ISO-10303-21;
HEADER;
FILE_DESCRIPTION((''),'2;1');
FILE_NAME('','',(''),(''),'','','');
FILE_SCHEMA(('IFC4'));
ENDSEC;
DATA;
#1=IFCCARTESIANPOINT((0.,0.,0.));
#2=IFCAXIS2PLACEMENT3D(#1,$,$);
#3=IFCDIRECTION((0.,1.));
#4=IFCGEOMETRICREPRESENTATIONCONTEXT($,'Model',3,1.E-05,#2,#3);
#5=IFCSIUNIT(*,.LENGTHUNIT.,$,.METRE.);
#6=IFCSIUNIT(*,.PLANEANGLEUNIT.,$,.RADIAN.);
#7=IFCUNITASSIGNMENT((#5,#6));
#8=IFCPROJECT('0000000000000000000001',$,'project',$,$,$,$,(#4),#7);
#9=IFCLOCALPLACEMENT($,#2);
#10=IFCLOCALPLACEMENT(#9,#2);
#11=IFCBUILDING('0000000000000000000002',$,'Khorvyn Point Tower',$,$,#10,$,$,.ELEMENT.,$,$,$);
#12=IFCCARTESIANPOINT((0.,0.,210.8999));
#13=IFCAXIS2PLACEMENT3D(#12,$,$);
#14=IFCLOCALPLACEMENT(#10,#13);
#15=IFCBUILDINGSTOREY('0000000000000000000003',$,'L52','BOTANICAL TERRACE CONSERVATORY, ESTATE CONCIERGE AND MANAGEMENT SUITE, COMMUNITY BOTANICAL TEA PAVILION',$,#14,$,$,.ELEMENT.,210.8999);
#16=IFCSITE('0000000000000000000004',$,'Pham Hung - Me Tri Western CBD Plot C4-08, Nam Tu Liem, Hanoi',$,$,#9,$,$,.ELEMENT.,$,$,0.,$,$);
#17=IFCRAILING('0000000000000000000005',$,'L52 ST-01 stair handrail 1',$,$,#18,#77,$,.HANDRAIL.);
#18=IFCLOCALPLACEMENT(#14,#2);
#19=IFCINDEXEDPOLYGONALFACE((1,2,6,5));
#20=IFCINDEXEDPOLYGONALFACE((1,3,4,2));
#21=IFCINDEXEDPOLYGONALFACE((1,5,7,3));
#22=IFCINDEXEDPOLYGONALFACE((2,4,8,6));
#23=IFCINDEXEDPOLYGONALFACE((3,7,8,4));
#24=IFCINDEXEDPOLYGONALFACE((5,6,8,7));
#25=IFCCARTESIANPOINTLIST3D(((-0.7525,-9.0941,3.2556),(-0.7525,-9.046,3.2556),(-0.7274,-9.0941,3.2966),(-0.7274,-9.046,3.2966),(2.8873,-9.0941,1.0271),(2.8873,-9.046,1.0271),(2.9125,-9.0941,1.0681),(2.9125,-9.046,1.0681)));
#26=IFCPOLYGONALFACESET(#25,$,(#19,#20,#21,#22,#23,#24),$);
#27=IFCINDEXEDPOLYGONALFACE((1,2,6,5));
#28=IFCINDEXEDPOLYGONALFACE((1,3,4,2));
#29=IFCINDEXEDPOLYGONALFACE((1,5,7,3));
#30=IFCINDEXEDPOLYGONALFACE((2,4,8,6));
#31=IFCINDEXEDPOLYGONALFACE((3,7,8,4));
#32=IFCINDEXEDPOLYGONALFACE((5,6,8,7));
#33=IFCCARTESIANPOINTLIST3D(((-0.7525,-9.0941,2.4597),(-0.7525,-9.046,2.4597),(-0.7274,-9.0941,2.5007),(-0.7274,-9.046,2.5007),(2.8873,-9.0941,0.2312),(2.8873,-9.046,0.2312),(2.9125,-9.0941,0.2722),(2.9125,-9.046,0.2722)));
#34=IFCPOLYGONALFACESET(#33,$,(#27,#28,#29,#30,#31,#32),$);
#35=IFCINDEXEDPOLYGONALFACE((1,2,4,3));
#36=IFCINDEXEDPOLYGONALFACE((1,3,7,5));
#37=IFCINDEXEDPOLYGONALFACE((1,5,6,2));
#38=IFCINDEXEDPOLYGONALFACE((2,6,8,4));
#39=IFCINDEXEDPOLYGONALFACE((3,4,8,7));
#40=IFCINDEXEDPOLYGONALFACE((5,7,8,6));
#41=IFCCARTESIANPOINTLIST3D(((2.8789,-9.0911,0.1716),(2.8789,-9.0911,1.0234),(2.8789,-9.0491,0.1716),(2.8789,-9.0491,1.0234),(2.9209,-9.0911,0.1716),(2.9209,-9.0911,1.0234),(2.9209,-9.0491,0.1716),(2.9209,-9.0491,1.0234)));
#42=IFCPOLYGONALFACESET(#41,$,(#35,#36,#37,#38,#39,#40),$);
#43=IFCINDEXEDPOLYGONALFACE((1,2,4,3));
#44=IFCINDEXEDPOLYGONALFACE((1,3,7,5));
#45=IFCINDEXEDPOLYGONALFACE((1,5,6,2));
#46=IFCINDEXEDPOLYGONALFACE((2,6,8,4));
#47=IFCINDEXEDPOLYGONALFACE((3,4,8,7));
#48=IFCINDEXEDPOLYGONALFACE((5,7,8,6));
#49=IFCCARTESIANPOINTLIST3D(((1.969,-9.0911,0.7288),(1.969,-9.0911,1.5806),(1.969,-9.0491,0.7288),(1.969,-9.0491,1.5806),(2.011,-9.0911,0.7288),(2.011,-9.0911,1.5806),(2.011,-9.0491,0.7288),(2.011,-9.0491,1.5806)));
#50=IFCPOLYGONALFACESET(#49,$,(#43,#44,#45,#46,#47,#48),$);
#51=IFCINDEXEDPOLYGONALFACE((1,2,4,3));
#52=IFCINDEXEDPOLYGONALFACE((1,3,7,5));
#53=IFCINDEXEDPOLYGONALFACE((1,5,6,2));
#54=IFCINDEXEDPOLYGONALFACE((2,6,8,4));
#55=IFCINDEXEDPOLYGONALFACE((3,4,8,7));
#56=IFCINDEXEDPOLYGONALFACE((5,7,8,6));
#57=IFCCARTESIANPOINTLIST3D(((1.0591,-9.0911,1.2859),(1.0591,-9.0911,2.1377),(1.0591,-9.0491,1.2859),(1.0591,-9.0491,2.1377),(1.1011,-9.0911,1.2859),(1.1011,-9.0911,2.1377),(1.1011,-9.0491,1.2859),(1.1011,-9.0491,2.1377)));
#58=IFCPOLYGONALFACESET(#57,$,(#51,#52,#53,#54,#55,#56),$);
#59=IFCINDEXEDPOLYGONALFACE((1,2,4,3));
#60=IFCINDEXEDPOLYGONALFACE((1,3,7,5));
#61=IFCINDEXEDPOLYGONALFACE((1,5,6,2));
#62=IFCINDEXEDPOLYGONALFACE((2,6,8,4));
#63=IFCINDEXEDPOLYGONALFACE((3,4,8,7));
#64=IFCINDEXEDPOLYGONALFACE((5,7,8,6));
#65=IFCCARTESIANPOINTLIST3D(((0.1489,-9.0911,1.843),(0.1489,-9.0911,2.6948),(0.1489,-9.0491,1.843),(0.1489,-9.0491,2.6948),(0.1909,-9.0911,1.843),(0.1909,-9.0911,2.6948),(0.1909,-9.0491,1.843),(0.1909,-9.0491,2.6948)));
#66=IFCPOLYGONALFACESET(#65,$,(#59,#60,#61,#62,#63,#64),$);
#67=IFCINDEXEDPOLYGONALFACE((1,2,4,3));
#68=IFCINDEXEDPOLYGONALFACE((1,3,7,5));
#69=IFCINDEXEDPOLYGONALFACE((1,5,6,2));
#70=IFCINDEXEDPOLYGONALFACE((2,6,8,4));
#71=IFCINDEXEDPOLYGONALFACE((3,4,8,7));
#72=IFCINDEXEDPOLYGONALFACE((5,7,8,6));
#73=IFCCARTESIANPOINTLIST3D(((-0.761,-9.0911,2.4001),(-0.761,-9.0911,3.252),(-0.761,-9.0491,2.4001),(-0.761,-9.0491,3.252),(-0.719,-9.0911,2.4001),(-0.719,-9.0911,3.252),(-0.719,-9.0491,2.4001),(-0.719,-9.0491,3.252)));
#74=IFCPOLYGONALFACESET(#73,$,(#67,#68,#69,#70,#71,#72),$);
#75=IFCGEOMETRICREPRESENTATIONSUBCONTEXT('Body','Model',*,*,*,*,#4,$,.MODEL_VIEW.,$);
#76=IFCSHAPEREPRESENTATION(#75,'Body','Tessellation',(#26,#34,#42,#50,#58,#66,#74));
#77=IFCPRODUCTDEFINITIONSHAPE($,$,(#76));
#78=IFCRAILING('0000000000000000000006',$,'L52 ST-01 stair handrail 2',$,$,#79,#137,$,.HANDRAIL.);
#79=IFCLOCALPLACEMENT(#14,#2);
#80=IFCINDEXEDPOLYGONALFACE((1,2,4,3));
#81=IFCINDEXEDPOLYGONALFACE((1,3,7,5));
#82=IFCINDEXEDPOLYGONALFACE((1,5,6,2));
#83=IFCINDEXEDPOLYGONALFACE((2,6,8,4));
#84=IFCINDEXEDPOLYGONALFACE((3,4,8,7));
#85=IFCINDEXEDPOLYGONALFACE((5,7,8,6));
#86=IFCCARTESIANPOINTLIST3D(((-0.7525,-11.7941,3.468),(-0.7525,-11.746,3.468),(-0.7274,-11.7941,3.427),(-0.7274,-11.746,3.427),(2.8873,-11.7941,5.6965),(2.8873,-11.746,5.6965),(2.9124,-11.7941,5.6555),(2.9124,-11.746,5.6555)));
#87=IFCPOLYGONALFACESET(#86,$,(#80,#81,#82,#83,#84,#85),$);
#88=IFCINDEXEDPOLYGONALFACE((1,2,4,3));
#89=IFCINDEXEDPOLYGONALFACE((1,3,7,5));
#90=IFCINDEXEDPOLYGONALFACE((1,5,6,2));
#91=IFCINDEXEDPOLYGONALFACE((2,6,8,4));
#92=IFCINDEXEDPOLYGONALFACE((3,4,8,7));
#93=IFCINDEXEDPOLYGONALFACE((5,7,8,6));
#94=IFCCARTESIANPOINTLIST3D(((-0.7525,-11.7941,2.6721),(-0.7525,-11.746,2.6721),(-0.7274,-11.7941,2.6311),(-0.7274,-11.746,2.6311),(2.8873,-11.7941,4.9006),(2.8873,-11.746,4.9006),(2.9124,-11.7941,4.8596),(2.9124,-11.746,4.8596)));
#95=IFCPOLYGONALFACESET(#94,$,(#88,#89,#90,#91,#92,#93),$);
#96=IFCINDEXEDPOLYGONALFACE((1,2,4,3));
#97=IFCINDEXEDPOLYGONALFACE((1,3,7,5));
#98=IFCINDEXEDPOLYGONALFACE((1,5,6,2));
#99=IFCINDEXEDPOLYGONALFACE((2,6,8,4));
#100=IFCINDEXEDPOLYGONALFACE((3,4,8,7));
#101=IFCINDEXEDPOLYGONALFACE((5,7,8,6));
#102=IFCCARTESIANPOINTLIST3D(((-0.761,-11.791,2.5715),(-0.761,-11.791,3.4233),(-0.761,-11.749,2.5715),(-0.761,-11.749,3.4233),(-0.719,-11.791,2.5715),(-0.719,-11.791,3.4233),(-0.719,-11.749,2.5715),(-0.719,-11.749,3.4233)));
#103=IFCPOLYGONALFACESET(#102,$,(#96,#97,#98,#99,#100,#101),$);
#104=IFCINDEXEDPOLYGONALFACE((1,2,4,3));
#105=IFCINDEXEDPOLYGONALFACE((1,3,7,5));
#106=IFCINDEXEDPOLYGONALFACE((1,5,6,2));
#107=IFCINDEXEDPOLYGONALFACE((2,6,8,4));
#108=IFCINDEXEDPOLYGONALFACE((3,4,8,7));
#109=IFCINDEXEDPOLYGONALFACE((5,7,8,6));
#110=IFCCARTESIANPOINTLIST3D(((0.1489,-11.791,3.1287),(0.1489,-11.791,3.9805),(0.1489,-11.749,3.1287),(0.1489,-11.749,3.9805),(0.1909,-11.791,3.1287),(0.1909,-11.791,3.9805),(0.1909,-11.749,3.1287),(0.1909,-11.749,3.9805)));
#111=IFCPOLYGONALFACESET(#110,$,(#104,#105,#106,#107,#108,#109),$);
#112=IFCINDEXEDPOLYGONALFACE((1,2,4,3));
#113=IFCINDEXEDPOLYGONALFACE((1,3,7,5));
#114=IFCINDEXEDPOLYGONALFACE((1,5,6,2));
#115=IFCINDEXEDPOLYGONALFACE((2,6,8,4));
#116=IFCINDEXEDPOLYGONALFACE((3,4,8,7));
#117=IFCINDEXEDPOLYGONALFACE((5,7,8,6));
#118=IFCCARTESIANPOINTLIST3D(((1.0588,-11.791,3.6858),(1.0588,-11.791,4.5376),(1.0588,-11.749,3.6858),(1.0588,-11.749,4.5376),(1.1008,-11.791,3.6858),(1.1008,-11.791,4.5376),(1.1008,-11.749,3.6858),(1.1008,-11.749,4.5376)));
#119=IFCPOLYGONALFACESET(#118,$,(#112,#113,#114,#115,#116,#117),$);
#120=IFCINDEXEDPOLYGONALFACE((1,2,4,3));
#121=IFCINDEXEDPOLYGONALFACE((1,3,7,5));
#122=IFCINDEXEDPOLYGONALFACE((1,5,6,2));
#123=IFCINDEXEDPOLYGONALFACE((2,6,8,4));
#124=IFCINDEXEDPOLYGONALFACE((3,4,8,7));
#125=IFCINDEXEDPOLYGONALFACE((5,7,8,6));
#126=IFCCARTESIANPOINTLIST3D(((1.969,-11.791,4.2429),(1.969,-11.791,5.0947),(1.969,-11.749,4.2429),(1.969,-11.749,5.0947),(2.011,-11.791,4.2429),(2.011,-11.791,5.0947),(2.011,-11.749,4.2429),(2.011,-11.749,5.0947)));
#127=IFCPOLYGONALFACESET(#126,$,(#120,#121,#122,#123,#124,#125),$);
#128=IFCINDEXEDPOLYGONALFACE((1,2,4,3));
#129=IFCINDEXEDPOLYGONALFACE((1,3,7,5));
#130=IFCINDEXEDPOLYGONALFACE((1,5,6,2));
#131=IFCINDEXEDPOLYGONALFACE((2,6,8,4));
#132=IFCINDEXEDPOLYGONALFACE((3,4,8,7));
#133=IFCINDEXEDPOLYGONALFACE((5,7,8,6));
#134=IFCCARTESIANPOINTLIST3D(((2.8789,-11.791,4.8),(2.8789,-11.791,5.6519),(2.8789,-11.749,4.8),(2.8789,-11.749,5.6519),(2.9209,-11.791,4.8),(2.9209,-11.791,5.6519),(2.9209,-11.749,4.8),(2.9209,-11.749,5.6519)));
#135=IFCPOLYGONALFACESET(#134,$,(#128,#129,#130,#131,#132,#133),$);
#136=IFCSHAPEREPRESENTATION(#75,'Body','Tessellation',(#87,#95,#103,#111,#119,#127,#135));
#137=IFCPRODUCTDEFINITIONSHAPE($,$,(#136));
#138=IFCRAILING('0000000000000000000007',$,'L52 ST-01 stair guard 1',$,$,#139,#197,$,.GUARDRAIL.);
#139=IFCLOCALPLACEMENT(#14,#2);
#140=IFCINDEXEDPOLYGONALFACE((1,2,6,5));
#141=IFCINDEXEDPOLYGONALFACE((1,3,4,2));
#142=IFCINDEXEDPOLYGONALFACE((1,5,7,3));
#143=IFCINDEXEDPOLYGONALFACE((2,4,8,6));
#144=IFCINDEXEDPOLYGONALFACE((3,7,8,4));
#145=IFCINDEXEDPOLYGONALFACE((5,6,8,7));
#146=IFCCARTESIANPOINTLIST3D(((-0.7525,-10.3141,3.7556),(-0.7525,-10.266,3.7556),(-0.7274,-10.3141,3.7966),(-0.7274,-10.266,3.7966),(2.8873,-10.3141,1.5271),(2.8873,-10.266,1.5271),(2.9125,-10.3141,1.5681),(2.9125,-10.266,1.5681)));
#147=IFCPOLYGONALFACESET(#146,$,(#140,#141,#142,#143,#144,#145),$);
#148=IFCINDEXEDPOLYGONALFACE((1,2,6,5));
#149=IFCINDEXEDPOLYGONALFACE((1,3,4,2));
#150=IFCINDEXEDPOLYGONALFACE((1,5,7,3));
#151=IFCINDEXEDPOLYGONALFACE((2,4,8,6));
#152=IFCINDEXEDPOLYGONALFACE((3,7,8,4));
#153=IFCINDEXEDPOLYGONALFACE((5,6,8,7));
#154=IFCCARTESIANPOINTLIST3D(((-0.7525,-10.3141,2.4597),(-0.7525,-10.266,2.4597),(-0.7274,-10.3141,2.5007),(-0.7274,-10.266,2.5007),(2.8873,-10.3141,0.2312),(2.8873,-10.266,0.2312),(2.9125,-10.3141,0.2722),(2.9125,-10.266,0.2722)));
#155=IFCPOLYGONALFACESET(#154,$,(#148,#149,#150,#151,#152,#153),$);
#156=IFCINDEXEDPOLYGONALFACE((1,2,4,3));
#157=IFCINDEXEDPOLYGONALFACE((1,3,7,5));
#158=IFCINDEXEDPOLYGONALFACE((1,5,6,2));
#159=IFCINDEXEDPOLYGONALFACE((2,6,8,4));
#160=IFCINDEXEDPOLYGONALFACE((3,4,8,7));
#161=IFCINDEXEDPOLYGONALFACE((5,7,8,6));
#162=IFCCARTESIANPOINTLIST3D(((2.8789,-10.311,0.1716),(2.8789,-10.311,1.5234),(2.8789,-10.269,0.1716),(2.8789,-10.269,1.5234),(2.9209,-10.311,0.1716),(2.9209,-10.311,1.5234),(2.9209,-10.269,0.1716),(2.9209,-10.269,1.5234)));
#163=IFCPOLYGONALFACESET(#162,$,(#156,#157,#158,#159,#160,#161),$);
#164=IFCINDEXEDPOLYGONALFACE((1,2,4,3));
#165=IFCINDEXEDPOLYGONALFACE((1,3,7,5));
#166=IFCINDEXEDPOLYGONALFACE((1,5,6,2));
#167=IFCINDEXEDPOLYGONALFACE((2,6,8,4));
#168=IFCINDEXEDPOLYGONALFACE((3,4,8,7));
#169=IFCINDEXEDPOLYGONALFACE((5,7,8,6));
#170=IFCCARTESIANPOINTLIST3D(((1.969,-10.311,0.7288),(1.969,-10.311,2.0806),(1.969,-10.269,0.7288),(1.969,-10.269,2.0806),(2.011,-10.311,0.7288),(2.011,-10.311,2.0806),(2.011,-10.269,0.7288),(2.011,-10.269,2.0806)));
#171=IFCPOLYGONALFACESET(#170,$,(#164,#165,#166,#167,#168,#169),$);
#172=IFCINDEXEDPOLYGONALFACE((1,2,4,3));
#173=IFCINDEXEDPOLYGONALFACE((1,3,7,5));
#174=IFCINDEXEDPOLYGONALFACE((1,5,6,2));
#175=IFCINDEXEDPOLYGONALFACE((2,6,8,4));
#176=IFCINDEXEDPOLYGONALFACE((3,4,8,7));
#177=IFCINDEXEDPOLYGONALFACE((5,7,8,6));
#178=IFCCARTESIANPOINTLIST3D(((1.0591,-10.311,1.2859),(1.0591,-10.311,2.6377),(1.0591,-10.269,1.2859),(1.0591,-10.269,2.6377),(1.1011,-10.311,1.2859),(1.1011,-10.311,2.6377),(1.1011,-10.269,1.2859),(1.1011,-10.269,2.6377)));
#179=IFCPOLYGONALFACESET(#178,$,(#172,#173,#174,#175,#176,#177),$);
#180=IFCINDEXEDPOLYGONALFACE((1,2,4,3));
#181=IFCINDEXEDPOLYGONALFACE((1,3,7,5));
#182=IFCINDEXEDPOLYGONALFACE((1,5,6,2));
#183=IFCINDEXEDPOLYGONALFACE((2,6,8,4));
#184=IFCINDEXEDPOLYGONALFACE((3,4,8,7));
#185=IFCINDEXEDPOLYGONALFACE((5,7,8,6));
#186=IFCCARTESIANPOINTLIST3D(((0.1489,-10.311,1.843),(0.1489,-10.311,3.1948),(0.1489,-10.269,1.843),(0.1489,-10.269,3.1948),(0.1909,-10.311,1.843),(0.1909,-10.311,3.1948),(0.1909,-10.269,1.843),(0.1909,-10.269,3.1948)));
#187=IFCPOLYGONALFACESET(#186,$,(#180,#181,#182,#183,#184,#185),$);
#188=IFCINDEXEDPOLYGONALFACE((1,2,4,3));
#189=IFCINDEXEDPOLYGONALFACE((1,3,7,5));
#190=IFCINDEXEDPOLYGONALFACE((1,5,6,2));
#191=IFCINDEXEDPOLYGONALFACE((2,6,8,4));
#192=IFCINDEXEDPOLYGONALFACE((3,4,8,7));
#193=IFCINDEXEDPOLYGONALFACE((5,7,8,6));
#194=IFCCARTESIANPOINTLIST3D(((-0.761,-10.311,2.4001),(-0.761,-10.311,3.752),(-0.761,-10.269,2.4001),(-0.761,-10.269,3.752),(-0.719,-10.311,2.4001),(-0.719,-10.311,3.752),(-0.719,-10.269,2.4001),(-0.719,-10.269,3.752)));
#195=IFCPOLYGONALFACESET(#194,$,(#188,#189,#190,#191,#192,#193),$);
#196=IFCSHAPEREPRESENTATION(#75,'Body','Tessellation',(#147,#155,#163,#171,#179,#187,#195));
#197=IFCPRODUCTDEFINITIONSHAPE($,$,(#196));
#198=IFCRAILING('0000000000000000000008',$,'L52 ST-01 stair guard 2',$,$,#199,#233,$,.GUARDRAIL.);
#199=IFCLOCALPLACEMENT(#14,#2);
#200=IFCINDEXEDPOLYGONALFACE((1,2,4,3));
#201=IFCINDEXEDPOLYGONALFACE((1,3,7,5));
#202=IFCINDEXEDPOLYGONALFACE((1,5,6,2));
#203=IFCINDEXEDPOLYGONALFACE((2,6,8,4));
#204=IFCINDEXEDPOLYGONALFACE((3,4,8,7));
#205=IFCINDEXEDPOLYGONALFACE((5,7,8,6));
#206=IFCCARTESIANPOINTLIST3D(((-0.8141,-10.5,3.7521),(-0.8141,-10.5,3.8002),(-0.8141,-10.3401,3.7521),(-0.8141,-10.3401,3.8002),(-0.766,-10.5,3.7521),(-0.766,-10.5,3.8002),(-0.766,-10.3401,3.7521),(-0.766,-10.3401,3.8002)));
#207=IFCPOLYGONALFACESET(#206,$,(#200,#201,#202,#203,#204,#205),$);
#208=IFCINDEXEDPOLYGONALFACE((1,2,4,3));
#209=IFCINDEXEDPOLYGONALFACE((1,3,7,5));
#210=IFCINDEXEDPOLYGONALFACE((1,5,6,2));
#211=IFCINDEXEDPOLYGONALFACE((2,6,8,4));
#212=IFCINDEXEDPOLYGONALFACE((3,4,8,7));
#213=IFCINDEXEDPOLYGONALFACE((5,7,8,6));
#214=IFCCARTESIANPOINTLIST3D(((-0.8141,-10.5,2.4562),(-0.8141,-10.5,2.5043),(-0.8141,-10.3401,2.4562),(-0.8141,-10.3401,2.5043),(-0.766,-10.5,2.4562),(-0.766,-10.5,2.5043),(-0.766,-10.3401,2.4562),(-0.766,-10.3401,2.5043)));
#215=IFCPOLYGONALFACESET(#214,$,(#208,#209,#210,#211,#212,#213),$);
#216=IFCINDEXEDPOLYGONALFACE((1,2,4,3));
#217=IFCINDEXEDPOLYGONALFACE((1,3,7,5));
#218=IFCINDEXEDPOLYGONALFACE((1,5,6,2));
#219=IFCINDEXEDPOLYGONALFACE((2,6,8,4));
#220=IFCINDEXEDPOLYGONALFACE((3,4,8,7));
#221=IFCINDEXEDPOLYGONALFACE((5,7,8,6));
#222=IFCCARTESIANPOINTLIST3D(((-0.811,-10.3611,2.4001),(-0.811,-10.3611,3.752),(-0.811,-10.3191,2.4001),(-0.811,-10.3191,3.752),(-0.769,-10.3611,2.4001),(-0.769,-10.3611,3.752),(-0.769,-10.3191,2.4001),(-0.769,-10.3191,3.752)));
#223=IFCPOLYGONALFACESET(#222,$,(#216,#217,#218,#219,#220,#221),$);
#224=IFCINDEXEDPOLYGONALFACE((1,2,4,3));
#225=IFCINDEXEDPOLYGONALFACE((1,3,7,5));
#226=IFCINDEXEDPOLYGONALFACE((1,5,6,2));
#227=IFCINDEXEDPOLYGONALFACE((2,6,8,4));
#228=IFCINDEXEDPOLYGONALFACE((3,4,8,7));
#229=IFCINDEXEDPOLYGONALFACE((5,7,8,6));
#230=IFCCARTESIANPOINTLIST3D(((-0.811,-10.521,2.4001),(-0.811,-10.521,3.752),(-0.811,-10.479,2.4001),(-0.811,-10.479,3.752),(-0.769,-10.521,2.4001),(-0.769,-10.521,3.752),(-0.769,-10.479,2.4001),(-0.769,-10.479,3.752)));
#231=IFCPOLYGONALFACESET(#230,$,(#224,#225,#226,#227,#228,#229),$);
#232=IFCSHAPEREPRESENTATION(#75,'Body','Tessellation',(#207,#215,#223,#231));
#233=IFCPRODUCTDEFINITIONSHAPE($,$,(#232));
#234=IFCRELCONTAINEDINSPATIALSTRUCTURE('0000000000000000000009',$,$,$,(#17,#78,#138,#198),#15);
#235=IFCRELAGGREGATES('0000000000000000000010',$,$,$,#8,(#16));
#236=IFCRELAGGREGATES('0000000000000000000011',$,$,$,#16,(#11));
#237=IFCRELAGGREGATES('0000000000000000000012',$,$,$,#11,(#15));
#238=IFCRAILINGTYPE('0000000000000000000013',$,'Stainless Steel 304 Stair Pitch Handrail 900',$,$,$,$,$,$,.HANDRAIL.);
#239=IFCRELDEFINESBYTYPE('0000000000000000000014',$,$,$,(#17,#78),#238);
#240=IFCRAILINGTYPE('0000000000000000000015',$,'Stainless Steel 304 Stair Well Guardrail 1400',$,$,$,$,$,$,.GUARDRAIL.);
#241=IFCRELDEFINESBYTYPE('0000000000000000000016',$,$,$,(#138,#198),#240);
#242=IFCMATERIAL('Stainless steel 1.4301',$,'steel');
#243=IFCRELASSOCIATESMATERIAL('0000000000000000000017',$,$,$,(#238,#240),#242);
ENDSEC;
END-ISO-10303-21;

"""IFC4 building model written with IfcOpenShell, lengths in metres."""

from ifc_helpers import new_model, si_unit, direction, frame, origin, origin_2d, place, context, subcontext, project, spatial, rectangle, extrude, material, type_object, element, save


model = new_model("IFC4")

# Units and contexts
model_context = context("Model", 3, precision=1e-05, world=origin(), true_north=direction((0.0, 1.0)))
body_context = subcontext(model_context, "Body", "Model", "MODEL_VIEW")
ifc_project = project(units=[si_unit("LENGTHUNIT", "METRE"), si_unit("PLANEANGLEUNIT", "RADIAN")], contexts=[model_context])

# Site, building, storey
site_placement = place(None, origin())
site = spatial("IfcSite", under=ifc_project, at=site_placement, Name="Pham Hung - Me Tri Western CBD Plot C4-08, Nam Tu Liem, Hanoi", CompositionType="ELEMENT", RefElevation=0.0)
building_placement = place(site_placement, origin())
building = spatial("IfcBuilding", under=site, at=building_placement, Name="Khorvyn Point Tower", CompositionType="ELEMENT")
storey_placement = place(building_placement, frame((0.0, 0.0, 210.8999)))
storey = spatial("IfcBuildingStorey", under=building, at=storey_placement, Name="L52", Description="BOTANICAL TERRACE CONSERVATORY, ESTATE CONCIERGE AND MANAGEMENT SUITE, COMMUNITY BOTANICAL TEA PAVILION", CompositionType="ELEMENT", Elevation=210.8999)

# Shared definitions
ifc_material_1 = material(Name="Stainless steel 1.4301", Category="steel")

# Railings
railing_type_1 = type_object("IfcRailingType", Name="Stainless Steel 304 Stair Pitch Handrail 900", PredefinedType="HANDRAIL", material=ifc_material_1)
railing_1_placement = place(storey_placement, frame((2.8999, -9.0701, 0.1716)))
element("IfcRailing", 1, at=railing_1_placement, inside=storey, type_object=railing_type_1, Name="L52 ST-01 stair handrail 1", PredefinedType="HANDRAIL", context=body_context, shape_type="SweptSolid", body=[
    extrude(rectangle(XDim=0.0481, YDim=0.0481, at=origin_2d()), frame((0.0, 0.0, 0.876), z_axis=(-0.85285, 0.0, 0.522156), x_axis=(0.0, -1.0, 0.0)), (0.0, 0.0, 1.0), 4.2678),
    extrude(rectangle(XDim=0.0481, YDim=0.0481, at=origin_2d()), frame((0.0, 0.0, 0.0801), z_axis=(-0.85285, 0.0, 0.522156), x_axis=(0.0, -1.0, 0.0)), (0.0, 0.0, 1.0), 4.2678),
    extrude(rectangle(XDim=0.042, YDim=0.042, at=origin_2d()), origin(), (0.0, 0.0, 1.0), 0.8518),
    extrude(rectangle(XDim=0.042, YDim=0.042, at=origin_2d()), frame((-0.9099, 0.0, 0.5571)), (0.0, 0.0, 1.0), 0.8518),
    extrude(rectangle(XDim=0.042, YDim=0.042, at=origin_2d()), frame((-1.8198, 0.0, 1.1143)), (0.0, 0.0, 1.0), 0.8518),
    extrude(rectangle(XDim=0.042, YDim=0.042, at=origin_2d()), frame((-2.73, 0.0, 1.6714)), (0.0, 0.0, 1.0), 0.8518),
    extrude(rectangle(XDim=0.042, YDim=0.042, at=origin_2d()), frame((-3.6399, 0.0, 2.2285)), (0.0, 0.0, 1.0), 0.8518),
])
railing_2_placement = place(storey_placement, frame((-0.74, -11.77, 2.5715)))
element("IfcRailing", 2, at=railing_2_placement, inside=storey, type_object=railing_type_1, Name="L52 ST-01 stair handrail 2", PredefinedType="HANDRAIL", context=body_context, shape_type="SweptSolid", body=[
    extrude(rectangle(XDim=0.0481, YDim=0.0481, at=origin_2d()), frame((0.0, 0.0, 0.876), z_axis=(0.85285, 0.0, 0.522156), x_axis=(0.0, 1.0, 0.0)), (0.0, 0.0, 1.0), 4.2678),
    extrude(rectangle(XDim=0.0481, YDim=0.0481, at=origin_2d()), frame((0.0, 0.0, 0.0801), z_axis=(0.85285, 0.0, 0.522156), x_axis=(0.0, 1.0, 0.0)), (0.0, 0.0, 1.0), 4.2678),
    extrude(rectangle(XDim=0.042, YDim=0.042, at=origin_2d()), origin(), (0.0, 0.0, 1.0), 0.8518),
    extrude(rectangle(XDim=0.042, YDim=0.042, at=origin_2d()), frame((0.9099, 0.0, 0.5571)), (0.0, 0.0, 1.0), 0.8518),
    extrude(rectangle(XDim=0.042, YDim=0.042, at=origin_2d()), frame((1.8198, 0.0, 1.1143)), (0.0, 0.0, 1.0), 0.8518),
    extrude(rectangle(XDim=0.042, YDim=0.042, at=origin_2d()), frame((2.73, 0.0, 1.6714)), (0.0, 0.0, 1.0), 0.8518),
    extrude(rectangle(XDim=0.042, YDim=0.042, at=origin_2d()), frame((3.6399, 0.0, 2.2285)), (0.0, 0.0, 1.0), 0.8518),
])
railing_type_2 = type_object("IfcRailingType", Name="Stainless Steel 304 Stair Well Guardrail 1400", PredefinedType="GUARDRAIL", material=ifc_material_1)
railing_3_placement = place(storey_placement, frame((2.8999, -10.29, 0.1716)))
element("IfcRailing", 3, at=railing_3_placement, inside=storey, type_object=railing_type_2, Name="L52 ST-01 stair guard 1", PredefinedType="GUARDRAIL", context=body_context, shape_type="SweptSolid", body=[
    extrude(rectangle(XDim=0.0481, YDim=0.0481, at=origin_2d()), frame((0.0, 0.0, 1.376), z_axis=(-0.85285, 0.0, 0.522156), x_axis=(0.0, -1.0, 0.0)), (0.0, 0.0, 1.0), 4.2678),
    extrude(rectangle(XDim=0.0481, YDim=0.0481, at=origin_2d()), frame((0.0, 0.0, 0.0801), z_axis=(-0.85285, 0.0, 0.522156), x_axis=(0.0, -1.0, 0.0)), (0.0, 0.0, 1.0), 4.2678),
    extrude(rectangle(XDim=0.042, YDim=0.042, at=origin_2d()), origin(), (0.0, 0.0, 1.0), 1.3518),
    extrude(rectangle(XDim=0.042, YDim=0.042, at=origin_2d()), frame((-0.9099, 0.0, 0.5571)), (0.0, 0.0, 1.0), 1.3518),
    extrude(rectangle(XDim=0.042, YDim=0.042, at=origin_2d()), frame((-1.8198, 0.0, 1.1143)), (0.0, 0.0, 1.0), 1.3518),
    extrude(rectangle(XDim=0.042, YDim=0.042, at=origin_2d()), frame((-2.73, 0.0, 1.6714)), (0.0, 0.0, 1.0), 1.3518),
    extrude(rectangle(XDim=0.042, YDim=0.042, at=origin_2d()), frame((-3.6399, 0.0, 2.2285)), (0.0, 0.0, 1.0), 1.3518),
])
railing_4_placement = place(storey_placement, frame((-0.79, -10.3401, 2.4001)))
element("IfcRailing", 4, at=railing_4_placement, inside=storey, type_object=railing_type_2, Name="L52 ST-01 stair guard 2", PredefinedType="GUARDRAIL", context=body_context, shape_type="SweptSolid", body=[
    extrude(rectangle(XDim=0.0481, YDim=0.0481, at=origin_2d()), frame((0.0, 0.0, 1.376), z_axis=(0.0, -1.0, 0.0), x_axis=(1.0, 0.0, 0.0)), (0.0, 0.0, 1.0), 0.1599),
    extrude(rectangle(XDim=0.0481, YDim=0.0481, at=origin_2d()), frame((0.0, 0.0, 0.0801), z_axis=(0.0, -1.0, 0.0), x_axis=(1.0, 0.0, 0.0)), (0.0, 0.0, 1.0), 0.1599),
    extrude(rectangle(XDim=0.042, YDim=0.042, at=origin_2d()), origin(), (0.0, 0.0, 1.0), 1.3518),
    extrude(rectangle(XDim=0.042, YDim=0.042, at=origin_2d()), frame((0.0, -0.1599, 0.0)), (0.0, 0.0, 1.0), 1.3518),
])

save(model, "model.ifc")
